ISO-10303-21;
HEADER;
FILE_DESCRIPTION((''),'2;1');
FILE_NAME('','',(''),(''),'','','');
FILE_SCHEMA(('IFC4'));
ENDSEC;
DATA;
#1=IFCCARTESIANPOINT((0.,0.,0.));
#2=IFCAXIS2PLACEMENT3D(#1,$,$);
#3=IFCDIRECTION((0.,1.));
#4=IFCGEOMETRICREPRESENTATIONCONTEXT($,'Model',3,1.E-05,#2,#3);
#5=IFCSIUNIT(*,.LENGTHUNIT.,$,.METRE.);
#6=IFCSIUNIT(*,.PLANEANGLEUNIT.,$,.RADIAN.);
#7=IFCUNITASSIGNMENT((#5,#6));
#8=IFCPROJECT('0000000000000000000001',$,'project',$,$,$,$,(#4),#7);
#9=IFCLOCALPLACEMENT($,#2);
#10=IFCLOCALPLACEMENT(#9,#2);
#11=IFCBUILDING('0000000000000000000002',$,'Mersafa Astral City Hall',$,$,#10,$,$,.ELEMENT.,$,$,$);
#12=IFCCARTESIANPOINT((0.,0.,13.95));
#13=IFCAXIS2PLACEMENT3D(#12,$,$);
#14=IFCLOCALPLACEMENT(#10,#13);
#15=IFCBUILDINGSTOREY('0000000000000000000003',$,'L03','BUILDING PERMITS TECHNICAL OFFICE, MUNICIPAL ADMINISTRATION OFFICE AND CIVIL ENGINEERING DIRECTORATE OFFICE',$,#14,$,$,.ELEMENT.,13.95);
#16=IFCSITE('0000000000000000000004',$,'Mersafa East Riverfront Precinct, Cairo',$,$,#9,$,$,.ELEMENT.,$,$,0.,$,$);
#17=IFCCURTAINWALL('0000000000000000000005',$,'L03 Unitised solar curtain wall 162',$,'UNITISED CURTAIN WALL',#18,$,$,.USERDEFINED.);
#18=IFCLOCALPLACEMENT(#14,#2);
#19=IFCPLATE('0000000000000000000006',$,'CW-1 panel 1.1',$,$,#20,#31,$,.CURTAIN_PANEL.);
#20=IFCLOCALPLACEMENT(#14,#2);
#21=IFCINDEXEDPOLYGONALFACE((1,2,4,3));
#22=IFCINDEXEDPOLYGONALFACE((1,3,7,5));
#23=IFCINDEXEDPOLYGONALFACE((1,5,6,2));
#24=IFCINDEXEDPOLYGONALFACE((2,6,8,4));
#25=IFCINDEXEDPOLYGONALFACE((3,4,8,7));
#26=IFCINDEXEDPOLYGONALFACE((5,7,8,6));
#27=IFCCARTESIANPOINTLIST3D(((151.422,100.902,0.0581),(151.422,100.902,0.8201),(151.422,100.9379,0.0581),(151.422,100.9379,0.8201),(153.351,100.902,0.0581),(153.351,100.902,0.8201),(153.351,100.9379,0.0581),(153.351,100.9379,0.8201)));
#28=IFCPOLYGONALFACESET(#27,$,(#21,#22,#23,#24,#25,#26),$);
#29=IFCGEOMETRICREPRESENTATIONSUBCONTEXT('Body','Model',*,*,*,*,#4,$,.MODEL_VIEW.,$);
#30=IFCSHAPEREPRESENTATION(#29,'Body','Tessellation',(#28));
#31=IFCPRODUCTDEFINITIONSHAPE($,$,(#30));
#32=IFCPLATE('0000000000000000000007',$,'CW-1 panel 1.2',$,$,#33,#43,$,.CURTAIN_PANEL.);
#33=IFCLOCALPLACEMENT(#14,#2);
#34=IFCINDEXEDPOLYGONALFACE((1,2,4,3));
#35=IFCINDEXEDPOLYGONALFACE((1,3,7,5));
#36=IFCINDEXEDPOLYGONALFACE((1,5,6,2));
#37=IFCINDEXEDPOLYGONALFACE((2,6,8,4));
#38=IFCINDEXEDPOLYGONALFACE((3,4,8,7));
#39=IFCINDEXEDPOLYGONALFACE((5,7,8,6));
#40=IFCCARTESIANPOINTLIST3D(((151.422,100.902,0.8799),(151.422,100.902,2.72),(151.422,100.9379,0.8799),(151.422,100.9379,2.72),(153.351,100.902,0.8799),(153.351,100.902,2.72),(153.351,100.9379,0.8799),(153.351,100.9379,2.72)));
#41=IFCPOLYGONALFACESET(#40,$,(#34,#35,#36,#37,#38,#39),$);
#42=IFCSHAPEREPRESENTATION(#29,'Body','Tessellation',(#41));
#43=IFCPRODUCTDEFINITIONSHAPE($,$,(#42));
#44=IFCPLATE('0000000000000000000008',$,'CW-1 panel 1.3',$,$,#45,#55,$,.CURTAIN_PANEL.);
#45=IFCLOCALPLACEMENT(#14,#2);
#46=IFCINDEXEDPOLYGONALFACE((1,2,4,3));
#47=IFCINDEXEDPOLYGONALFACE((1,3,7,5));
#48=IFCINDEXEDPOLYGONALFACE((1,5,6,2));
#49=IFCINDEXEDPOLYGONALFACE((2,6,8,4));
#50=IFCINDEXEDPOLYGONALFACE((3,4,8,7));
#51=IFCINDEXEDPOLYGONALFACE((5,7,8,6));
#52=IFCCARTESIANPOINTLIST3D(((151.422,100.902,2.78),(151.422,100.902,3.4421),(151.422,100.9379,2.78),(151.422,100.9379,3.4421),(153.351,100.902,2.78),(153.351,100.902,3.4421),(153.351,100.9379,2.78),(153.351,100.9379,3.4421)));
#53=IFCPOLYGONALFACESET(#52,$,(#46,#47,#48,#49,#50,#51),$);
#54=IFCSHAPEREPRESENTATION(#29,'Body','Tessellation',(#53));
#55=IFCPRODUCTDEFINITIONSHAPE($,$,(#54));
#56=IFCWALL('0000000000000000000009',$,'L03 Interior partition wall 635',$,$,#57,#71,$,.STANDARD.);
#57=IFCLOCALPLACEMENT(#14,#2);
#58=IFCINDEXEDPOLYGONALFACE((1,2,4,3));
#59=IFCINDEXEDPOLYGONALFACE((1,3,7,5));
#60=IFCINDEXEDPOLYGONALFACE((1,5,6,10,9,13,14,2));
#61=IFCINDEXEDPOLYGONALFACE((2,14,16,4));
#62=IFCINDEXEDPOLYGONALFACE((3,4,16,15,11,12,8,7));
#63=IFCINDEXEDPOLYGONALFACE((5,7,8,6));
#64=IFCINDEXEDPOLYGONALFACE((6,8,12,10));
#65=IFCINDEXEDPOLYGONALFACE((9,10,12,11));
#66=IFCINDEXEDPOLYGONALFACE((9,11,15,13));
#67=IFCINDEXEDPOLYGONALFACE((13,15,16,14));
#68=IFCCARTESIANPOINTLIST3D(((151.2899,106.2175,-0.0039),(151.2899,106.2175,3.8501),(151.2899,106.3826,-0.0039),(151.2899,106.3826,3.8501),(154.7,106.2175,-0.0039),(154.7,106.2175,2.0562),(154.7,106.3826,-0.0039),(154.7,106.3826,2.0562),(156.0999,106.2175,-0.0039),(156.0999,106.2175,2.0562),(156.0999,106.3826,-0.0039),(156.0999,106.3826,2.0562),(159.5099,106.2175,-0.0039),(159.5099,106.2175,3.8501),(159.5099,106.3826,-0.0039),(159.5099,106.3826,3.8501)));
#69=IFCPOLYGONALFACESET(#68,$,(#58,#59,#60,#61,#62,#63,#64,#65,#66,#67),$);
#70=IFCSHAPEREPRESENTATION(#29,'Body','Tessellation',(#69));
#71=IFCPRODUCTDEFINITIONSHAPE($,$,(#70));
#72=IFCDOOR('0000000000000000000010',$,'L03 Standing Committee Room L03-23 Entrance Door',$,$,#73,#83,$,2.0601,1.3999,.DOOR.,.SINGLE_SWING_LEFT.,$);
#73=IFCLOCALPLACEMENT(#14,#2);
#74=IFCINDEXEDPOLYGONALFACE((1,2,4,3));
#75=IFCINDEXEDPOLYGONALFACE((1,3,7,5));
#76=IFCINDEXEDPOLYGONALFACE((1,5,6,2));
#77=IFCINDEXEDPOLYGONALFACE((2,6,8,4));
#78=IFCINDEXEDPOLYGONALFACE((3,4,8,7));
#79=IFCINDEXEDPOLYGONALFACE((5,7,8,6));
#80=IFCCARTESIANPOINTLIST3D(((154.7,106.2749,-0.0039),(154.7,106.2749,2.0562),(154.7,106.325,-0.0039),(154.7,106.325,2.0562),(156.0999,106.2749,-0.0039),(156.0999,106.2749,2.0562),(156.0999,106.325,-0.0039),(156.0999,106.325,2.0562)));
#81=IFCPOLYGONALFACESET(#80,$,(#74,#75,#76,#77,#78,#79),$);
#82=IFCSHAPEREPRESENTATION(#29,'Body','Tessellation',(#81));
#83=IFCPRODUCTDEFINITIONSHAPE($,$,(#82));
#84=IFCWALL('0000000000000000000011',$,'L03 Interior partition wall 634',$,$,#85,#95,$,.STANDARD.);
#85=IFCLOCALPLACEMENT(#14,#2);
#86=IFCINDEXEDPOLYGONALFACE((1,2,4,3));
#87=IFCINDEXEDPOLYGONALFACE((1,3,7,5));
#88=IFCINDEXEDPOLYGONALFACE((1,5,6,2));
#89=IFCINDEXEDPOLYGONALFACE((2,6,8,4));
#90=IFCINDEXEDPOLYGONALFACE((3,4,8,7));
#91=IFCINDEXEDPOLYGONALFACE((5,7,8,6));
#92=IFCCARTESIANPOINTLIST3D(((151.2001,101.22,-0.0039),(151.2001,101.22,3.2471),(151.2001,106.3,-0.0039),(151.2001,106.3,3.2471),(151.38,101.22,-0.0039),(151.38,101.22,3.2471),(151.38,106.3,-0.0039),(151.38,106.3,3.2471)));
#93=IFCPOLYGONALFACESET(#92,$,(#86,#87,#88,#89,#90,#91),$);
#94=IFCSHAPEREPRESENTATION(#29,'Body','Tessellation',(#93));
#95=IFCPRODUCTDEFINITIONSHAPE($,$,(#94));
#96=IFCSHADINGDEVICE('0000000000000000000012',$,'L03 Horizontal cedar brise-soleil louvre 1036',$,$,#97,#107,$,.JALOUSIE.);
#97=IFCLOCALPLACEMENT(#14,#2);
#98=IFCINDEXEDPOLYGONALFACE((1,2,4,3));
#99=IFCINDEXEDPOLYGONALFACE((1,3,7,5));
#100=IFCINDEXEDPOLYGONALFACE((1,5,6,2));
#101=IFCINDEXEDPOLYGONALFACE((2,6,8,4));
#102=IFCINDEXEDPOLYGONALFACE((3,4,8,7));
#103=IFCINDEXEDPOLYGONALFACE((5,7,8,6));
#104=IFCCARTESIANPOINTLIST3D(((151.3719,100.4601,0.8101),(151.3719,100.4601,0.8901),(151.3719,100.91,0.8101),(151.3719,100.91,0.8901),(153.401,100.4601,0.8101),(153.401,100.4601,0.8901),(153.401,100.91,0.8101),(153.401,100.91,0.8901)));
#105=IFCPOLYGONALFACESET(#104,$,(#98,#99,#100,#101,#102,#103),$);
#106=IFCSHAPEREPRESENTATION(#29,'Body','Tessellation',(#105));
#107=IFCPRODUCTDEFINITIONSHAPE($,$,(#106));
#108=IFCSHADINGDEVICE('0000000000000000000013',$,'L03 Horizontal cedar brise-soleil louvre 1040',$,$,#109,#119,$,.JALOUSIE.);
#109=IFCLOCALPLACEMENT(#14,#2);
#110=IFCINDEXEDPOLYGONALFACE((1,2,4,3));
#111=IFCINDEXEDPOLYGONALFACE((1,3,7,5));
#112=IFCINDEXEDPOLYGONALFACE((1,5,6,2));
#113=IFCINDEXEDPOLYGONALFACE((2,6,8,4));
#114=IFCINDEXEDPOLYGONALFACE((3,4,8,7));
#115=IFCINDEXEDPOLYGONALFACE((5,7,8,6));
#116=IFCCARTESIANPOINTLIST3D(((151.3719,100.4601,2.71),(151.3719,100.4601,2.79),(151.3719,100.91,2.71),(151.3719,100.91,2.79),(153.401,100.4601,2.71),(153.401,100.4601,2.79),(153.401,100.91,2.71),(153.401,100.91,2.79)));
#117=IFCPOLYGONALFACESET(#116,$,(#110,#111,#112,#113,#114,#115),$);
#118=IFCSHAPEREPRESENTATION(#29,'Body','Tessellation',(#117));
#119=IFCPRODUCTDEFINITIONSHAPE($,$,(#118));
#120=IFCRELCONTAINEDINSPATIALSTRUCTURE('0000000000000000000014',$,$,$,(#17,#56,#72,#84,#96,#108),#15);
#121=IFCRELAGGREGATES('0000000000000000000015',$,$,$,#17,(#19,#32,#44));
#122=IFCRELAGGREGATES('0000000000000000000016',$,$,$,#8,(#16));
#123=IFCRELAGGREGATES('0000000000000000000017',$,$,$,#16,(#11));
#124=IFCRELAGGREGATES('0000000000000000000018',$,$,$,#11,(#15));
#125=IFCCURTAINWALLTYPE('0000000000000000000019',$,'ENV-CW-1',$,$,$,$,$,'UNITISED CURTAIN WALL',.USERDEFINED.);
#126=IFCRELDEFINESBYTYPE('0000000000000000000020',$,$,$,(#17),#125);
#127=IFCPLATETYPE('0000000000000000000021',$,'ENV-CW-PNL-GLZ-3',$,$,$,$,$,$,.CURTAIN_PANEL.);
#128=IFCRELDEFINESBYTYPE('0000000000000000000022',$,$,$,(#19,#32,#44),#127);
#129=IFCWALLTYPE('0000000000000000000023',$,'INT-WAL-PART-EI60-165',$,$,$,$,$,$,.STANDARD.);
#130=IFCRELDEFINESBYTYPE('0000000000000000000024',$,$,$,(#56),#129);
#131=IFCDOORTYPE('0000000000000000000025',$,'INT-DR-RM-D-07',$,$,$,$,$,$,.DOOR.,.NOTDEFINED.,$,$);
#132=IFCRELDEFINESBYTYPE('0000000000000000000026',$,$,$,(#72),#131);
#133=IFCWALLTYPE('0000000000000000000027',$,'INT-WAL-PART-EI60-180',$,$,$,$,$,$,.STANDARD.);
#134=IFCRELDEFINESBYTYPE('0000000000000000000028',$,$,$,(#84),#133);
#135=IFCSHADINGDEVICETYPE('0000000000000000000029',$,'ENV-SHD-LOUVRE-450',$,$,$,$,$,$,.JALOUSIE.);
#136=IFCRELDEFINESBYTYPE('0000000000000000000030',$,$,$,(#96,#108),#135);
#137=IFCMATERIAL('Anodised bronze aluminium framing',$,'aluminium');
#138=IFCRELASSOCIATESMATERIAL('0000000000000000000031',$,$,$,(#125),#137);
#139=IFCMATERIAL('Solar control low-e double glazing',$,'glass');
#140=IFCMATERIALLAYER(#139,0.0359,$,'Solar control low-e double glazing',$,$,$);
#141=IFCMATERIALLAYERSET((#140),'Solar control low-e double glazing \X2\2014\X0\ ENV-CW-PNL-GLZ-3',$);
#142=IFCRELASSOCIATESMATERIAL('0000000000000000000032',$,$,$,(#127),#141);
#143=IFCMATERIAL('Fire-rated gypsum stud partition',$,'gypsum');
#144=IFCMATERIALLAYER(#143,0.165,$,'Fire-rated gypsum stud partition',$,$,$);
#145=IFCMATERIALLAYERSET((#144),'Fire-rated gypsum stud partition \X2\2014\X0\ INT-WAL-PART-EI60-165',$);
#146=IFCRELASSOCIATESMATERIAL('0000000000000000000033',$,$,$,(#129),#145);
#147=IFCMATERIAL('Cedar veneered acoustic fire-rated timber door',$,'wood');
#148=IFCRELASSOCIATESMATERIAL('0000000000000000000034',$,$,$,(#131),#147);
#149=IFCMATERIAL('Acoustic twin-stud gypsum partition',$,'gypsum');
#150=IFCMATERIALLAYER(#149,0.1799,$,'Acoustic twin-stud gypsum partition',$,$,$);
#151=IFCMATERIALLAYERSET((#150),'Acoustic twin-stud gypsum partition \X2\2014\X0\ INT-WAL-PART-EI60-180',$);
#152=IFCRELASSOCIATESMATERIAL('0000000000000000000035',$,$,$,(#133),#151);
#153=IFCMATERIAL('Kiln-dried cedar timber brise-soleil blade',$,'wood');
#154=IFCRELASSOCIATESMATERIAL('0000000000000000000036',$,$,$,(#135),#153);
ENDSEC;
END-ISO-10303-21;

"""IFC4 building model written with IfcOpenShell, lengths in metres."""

from ifc_helpers import new_model, si_unit, direction, frame, frame_2d, origin, origin_2d, place, context, subcontext, project, spatial, rectangle, extrude, material, layer, layer_set, type_object, element, fill, aggregate, save


model = new_model("IFC4")

# Units and contexts
model_context = context("Model", 3, precision=1e-05, world=origin(), true_north=direction((0.0, 1.0)))
body_context = subcontext(model_context, "Body", "Model", "MODEL_VIEW")
ifc_project = project(units=[si_unit("LENGTHUNIT", "METRE"), si_unit("PLANEANGLEUNIT", "RADIAN")], contexts=[model_context])

# Site, building, storey
site_placement = place(None, origin())
site = spatial("IfcSite", under=ifc_project, at=site_placement, Name="Mersafa East Riverfront Precinct, Cairo", CompositionType="ELEMENT", RefElevation=0.0)
building_placement = place(site_placement, origin())
building = spatial("IfcBuilding", under=site, at=building_placement, Name="Mersafa Astral City Hall", CompositionType="ELEMENT")
storey_placement = place(building_placement, frame((0.0, 0.0, 13.95)))
storey = spatial("IfcBuildingStorey", under=building, at=storey_placement, Name="L03", Description="BUILDING PERMITS TECHNICAL OFFICE, MUNICIPAL ADMINISTRATION OFFICE AND CIVIL ENGINEERING DIRECTORATE OFFICE", CompositionType="ELEMENT", Elevation=13.95)

# Curtain wall
ifc_material_1 = material(Name="Anodised bronze aluminium framing", Category="aluminium")
curtain_wall_type = type_object("IfcCurtainWallType", Name="ENV-CW-1", ElementType="UNITISED CURTAIN WALL", PredefinedType="USERDEFINED", material=ifc_material_1)
curtain_wall_placement = place(storey_placement, origin())
curtain_wall = element("IfcCurtainWall", 1, at=curtain_wall_placement, inside=storey, type_object=curtain_wall_type, Name="L03 Unitised solar curtain wall 162", ObjectType="UNITISED CURTAIN WALL", PredefinedType="USERDEFINED")

# Plates
ifc_material_2 = material(Name="Solar control low-e double glazing", Category="glass")
ifc_layer_1 = layer(ifc_material_2, 0.0359, Name="Solar control low-e double glazing")
ifc_layer_set_1 = layer_set([ifc_layer_1], Name="Solar control low-e double glazing — ENV-CW-PNL-GLZ-3")
plate_type = type_object("IfcPlateType", Name="ENV-CW-PNL-GLZ-3", PredefinedType="CURTAIN_PANEL", material=ifc_layer_set_1)
plate_1_placement = place(storey_placement, frame((152.3865, 100.9199, 0.0581), z_axis=(0.0, 0.0, 1.0), x_axis=(1.0, 0.0, 0.0)))
plate_1 = element("IfcPlate", 2, at=plate_1_placement, type_object=plate_type, Name="CW-1 panel 1.1", PredefinedType="CURTAIN_PANEL", context=body_context, shape_type="SweptSolid", body=[
    extrude(rectangle(XDim=1.929, YDim=0.0359, at=origin_2d()), origin(), (0.0, 0.0, 1.0), 0.762),
])
plate_2_placement = place(storey_placement, frame((152.3865, 100.9199, 0.8799), z_axis=(0.0, 0.0, 1.0), x_axis=(1.0, 0.0, 0.0)))
plate_2 = element("IfcPlate", 3, at=plate_2_placement, type_object=plate_type, Name="CW-1 panel 1.2", PredefinedType="CURTAIN_PANEL", context=body_context, shape_type="SweptSolid", body=[
    extrude(rectangle(XDim=1.929, YDim=0.0359, at=origin_2d()), origin(), (0.0, 0.0, 1.0), 1.8401),
])
plate_3_placement = place(storey_placement, frame((152.3865, 100.9199, 2.78), z_axis=(0.0, 0.0, 1.0), x_axis=(1.0, 0.0, 0.0)))
plate_3 = element("IfcPlate", 4, at=plate_3_placement, type_object=plate_type, Name="CW-1 panel 1.3", PredefinedType="CURTAIN_PANEL", context=body_context, shape_type="SweptSolid", body=[
    extrude(rectangle(XDim=1.929, YDim=0.0359, at=origin_2d()), origin(), (0.0, 0.0, 1.0), 0.6621),
])
aggregate(curtain_wall, [plate_1, plate_2, plate_3])

# Wall, opening, door
ifc_material_3 = material(Name="Fire-rated gypsum stud partition", Category="gypsum")
ifc_layer_2 = layer(ifc_material_3, 0.165, Name="Fire-rated gypsum stud partition")
ifc_layer_set_2 = layer_set([ifc_layer_2], Name="Fire-rated gypsum stud partition — INT-WAL-PART-EI60-165")
wall_type_1 = type_object("IfcWallType", Name="INT-WAL-PART-EI60-165", PredefinedType="STANDARD", material=ifc_layer_set_2)
wall_1_placement = place(storey_placement, frame((151.29, 106.3, -0.0039), z_axis=(0.0, 0.0, 1.0), x_axis=(1.0, 0.0, 0.0)))
wall_1 = element("IfcWall", 5, at=wall_1_placement, inside=storey, type_object=wall_type_1, Name="L03 Interior partition wall 635", PredefinedType="STANDARD", context=body_context, shape_type="SweptSolid", body=[
    extrude(rectangle(XDim=8.22, YDim=0.165, at=frame_2d((4.1099, 0.0))), origin(), (0.0, 0.0, 1.0), 3.854),
])
opening_placement = place(wall_1_placement, frame((3.4099, 0.0, 0.0)))
opening = element("IfcOpeningElement", 6, at=opening_placement, cuts=wall_1, PredefinedType="OPENING", context=body_context, shape_type="SweptSolid", body=[
    extrude(rectangle(XDim=1.3999, YDim=2.0601, at=frame_2d((0.7, 1.03))), frame((0.0, 0.0925, 0.0), z_axis=(0.0, -1.0, 0.0), x_axis=(1.0, 0.0, 0.0)), (0.0, 0.0, 1.0), 0.1851),
])
ifc_material_4 = material(Name="Cedar veneered acoustic fire-rated timber door", Category="wood")
door_type = type_object("IfcDoorType", Name="INT-DR-RM-D-07", OperationType="NOTDEFINED", PredefinedType="DOOR", material=ifc_material_4)
door_placement = place(opening_placement, origin())
door = element("IfcDoor", 7, at=door_placement, inside=storey, type_object=door_type, Name="L03 Standing Committee Room L03-23 Entrance Door", OperationType="SINGLE_SWING_LEFT", OverallHeight=2.0601, OverallWidth=1.3999, PredefinedType="DOOR", context=body_context, shape_type="SweptSolid", body=[
    extrude(rectangle(XDim=1.3999, YDim=2.0601, at=frame_2d((0.7, 1.03))), frame((0.0, 0.0249, 0.0), z_axis=(0.0, -1.0, 0.0), x_axis=(1.0, 0.0, 0.0)), (0.0, 0.0, 1.0), 0.05),
])
fill(opening, door)

# Wall
ifc_material_5 = material(Name="Acoustic twin-stud gypsum partition", Category="gypsum")
ifc_layer_3 = layer(ifc_material_5, 0.1799, Name="Acoustic twin-stud gypsum partition")
ifc_layer_set_3 = layer_set([ifc_layer_3], Name="Acoustic twin-stud gypsum partition — INT-WAL-PART-EI60-180")
wall_type_2 = type_object("IfcWallType", Name="INT-WAL-PART-EI60-180", PredefinedType="STANDARD", material=ifc_layer_set_3)
wall_2_placement = place(storey_placement, frame((151.29, 101.22, -0.0039), z_axis=(0.0, 0.0, 1.0), x_axis=(0.0, 1.0, 0.0)))
element("IfcWall", 8, at=wall_2_placement, inside=storey, type_object=wall_type_2, Name="L03 Interior partition wall 634", PredefinedType="STANDARD", context=body_context, shape_type="SweptSolid", body=[
    extrude(rectangle(XDim=5.0801, YDim=0.1799, at=frame_2d((2.54, 0.0))), origin(), (0.0, 0.0, 1.0), 3.251),
])

# Shading devices
ifc_material_6 = material(Name="Kiln-dried cedar timber brise-soleil blade", Category="wood")
shading_device_type = type_object("IfcShadingDeviceType", Name="ENV-SHD-LOUVRE-450", PredefinedType="JALOUSIE", material=ifc_material_6)
for number, where, z_axis, x_axis, name in (
    (9, (152.3865, 100.6851, 0.8101), (0.0, 0.0, 1.0), (1.0, 0.0, 0.0), "L03 Horizontal cedar brise-soleil louvre 1036"),
    (10, (152.3865, 100.6851, 2.71), (0.0, 0.0, 1.0), (1.0, 0.0, 0.0), "L03 Horizontal cedar brise-soleil louvre 1040"),
):
    element("IfcShadingDevice", number, at=place(storey_placement, frame(where, z_axis=z_axis, x_axis=x_axis)), inside=storey, type_object=shading_device_type, Name=name, PredefinedType="JALOUSIE", context=body_context, shape_type="SweptSolid", body=[
        extrude(rectangle(XDim=2.0291, YDim=0.45, at=origin_2d()), origin(), (0.0, 0.0, 1.0), 0.0801),
    ])

save(model, "model.ifc")
